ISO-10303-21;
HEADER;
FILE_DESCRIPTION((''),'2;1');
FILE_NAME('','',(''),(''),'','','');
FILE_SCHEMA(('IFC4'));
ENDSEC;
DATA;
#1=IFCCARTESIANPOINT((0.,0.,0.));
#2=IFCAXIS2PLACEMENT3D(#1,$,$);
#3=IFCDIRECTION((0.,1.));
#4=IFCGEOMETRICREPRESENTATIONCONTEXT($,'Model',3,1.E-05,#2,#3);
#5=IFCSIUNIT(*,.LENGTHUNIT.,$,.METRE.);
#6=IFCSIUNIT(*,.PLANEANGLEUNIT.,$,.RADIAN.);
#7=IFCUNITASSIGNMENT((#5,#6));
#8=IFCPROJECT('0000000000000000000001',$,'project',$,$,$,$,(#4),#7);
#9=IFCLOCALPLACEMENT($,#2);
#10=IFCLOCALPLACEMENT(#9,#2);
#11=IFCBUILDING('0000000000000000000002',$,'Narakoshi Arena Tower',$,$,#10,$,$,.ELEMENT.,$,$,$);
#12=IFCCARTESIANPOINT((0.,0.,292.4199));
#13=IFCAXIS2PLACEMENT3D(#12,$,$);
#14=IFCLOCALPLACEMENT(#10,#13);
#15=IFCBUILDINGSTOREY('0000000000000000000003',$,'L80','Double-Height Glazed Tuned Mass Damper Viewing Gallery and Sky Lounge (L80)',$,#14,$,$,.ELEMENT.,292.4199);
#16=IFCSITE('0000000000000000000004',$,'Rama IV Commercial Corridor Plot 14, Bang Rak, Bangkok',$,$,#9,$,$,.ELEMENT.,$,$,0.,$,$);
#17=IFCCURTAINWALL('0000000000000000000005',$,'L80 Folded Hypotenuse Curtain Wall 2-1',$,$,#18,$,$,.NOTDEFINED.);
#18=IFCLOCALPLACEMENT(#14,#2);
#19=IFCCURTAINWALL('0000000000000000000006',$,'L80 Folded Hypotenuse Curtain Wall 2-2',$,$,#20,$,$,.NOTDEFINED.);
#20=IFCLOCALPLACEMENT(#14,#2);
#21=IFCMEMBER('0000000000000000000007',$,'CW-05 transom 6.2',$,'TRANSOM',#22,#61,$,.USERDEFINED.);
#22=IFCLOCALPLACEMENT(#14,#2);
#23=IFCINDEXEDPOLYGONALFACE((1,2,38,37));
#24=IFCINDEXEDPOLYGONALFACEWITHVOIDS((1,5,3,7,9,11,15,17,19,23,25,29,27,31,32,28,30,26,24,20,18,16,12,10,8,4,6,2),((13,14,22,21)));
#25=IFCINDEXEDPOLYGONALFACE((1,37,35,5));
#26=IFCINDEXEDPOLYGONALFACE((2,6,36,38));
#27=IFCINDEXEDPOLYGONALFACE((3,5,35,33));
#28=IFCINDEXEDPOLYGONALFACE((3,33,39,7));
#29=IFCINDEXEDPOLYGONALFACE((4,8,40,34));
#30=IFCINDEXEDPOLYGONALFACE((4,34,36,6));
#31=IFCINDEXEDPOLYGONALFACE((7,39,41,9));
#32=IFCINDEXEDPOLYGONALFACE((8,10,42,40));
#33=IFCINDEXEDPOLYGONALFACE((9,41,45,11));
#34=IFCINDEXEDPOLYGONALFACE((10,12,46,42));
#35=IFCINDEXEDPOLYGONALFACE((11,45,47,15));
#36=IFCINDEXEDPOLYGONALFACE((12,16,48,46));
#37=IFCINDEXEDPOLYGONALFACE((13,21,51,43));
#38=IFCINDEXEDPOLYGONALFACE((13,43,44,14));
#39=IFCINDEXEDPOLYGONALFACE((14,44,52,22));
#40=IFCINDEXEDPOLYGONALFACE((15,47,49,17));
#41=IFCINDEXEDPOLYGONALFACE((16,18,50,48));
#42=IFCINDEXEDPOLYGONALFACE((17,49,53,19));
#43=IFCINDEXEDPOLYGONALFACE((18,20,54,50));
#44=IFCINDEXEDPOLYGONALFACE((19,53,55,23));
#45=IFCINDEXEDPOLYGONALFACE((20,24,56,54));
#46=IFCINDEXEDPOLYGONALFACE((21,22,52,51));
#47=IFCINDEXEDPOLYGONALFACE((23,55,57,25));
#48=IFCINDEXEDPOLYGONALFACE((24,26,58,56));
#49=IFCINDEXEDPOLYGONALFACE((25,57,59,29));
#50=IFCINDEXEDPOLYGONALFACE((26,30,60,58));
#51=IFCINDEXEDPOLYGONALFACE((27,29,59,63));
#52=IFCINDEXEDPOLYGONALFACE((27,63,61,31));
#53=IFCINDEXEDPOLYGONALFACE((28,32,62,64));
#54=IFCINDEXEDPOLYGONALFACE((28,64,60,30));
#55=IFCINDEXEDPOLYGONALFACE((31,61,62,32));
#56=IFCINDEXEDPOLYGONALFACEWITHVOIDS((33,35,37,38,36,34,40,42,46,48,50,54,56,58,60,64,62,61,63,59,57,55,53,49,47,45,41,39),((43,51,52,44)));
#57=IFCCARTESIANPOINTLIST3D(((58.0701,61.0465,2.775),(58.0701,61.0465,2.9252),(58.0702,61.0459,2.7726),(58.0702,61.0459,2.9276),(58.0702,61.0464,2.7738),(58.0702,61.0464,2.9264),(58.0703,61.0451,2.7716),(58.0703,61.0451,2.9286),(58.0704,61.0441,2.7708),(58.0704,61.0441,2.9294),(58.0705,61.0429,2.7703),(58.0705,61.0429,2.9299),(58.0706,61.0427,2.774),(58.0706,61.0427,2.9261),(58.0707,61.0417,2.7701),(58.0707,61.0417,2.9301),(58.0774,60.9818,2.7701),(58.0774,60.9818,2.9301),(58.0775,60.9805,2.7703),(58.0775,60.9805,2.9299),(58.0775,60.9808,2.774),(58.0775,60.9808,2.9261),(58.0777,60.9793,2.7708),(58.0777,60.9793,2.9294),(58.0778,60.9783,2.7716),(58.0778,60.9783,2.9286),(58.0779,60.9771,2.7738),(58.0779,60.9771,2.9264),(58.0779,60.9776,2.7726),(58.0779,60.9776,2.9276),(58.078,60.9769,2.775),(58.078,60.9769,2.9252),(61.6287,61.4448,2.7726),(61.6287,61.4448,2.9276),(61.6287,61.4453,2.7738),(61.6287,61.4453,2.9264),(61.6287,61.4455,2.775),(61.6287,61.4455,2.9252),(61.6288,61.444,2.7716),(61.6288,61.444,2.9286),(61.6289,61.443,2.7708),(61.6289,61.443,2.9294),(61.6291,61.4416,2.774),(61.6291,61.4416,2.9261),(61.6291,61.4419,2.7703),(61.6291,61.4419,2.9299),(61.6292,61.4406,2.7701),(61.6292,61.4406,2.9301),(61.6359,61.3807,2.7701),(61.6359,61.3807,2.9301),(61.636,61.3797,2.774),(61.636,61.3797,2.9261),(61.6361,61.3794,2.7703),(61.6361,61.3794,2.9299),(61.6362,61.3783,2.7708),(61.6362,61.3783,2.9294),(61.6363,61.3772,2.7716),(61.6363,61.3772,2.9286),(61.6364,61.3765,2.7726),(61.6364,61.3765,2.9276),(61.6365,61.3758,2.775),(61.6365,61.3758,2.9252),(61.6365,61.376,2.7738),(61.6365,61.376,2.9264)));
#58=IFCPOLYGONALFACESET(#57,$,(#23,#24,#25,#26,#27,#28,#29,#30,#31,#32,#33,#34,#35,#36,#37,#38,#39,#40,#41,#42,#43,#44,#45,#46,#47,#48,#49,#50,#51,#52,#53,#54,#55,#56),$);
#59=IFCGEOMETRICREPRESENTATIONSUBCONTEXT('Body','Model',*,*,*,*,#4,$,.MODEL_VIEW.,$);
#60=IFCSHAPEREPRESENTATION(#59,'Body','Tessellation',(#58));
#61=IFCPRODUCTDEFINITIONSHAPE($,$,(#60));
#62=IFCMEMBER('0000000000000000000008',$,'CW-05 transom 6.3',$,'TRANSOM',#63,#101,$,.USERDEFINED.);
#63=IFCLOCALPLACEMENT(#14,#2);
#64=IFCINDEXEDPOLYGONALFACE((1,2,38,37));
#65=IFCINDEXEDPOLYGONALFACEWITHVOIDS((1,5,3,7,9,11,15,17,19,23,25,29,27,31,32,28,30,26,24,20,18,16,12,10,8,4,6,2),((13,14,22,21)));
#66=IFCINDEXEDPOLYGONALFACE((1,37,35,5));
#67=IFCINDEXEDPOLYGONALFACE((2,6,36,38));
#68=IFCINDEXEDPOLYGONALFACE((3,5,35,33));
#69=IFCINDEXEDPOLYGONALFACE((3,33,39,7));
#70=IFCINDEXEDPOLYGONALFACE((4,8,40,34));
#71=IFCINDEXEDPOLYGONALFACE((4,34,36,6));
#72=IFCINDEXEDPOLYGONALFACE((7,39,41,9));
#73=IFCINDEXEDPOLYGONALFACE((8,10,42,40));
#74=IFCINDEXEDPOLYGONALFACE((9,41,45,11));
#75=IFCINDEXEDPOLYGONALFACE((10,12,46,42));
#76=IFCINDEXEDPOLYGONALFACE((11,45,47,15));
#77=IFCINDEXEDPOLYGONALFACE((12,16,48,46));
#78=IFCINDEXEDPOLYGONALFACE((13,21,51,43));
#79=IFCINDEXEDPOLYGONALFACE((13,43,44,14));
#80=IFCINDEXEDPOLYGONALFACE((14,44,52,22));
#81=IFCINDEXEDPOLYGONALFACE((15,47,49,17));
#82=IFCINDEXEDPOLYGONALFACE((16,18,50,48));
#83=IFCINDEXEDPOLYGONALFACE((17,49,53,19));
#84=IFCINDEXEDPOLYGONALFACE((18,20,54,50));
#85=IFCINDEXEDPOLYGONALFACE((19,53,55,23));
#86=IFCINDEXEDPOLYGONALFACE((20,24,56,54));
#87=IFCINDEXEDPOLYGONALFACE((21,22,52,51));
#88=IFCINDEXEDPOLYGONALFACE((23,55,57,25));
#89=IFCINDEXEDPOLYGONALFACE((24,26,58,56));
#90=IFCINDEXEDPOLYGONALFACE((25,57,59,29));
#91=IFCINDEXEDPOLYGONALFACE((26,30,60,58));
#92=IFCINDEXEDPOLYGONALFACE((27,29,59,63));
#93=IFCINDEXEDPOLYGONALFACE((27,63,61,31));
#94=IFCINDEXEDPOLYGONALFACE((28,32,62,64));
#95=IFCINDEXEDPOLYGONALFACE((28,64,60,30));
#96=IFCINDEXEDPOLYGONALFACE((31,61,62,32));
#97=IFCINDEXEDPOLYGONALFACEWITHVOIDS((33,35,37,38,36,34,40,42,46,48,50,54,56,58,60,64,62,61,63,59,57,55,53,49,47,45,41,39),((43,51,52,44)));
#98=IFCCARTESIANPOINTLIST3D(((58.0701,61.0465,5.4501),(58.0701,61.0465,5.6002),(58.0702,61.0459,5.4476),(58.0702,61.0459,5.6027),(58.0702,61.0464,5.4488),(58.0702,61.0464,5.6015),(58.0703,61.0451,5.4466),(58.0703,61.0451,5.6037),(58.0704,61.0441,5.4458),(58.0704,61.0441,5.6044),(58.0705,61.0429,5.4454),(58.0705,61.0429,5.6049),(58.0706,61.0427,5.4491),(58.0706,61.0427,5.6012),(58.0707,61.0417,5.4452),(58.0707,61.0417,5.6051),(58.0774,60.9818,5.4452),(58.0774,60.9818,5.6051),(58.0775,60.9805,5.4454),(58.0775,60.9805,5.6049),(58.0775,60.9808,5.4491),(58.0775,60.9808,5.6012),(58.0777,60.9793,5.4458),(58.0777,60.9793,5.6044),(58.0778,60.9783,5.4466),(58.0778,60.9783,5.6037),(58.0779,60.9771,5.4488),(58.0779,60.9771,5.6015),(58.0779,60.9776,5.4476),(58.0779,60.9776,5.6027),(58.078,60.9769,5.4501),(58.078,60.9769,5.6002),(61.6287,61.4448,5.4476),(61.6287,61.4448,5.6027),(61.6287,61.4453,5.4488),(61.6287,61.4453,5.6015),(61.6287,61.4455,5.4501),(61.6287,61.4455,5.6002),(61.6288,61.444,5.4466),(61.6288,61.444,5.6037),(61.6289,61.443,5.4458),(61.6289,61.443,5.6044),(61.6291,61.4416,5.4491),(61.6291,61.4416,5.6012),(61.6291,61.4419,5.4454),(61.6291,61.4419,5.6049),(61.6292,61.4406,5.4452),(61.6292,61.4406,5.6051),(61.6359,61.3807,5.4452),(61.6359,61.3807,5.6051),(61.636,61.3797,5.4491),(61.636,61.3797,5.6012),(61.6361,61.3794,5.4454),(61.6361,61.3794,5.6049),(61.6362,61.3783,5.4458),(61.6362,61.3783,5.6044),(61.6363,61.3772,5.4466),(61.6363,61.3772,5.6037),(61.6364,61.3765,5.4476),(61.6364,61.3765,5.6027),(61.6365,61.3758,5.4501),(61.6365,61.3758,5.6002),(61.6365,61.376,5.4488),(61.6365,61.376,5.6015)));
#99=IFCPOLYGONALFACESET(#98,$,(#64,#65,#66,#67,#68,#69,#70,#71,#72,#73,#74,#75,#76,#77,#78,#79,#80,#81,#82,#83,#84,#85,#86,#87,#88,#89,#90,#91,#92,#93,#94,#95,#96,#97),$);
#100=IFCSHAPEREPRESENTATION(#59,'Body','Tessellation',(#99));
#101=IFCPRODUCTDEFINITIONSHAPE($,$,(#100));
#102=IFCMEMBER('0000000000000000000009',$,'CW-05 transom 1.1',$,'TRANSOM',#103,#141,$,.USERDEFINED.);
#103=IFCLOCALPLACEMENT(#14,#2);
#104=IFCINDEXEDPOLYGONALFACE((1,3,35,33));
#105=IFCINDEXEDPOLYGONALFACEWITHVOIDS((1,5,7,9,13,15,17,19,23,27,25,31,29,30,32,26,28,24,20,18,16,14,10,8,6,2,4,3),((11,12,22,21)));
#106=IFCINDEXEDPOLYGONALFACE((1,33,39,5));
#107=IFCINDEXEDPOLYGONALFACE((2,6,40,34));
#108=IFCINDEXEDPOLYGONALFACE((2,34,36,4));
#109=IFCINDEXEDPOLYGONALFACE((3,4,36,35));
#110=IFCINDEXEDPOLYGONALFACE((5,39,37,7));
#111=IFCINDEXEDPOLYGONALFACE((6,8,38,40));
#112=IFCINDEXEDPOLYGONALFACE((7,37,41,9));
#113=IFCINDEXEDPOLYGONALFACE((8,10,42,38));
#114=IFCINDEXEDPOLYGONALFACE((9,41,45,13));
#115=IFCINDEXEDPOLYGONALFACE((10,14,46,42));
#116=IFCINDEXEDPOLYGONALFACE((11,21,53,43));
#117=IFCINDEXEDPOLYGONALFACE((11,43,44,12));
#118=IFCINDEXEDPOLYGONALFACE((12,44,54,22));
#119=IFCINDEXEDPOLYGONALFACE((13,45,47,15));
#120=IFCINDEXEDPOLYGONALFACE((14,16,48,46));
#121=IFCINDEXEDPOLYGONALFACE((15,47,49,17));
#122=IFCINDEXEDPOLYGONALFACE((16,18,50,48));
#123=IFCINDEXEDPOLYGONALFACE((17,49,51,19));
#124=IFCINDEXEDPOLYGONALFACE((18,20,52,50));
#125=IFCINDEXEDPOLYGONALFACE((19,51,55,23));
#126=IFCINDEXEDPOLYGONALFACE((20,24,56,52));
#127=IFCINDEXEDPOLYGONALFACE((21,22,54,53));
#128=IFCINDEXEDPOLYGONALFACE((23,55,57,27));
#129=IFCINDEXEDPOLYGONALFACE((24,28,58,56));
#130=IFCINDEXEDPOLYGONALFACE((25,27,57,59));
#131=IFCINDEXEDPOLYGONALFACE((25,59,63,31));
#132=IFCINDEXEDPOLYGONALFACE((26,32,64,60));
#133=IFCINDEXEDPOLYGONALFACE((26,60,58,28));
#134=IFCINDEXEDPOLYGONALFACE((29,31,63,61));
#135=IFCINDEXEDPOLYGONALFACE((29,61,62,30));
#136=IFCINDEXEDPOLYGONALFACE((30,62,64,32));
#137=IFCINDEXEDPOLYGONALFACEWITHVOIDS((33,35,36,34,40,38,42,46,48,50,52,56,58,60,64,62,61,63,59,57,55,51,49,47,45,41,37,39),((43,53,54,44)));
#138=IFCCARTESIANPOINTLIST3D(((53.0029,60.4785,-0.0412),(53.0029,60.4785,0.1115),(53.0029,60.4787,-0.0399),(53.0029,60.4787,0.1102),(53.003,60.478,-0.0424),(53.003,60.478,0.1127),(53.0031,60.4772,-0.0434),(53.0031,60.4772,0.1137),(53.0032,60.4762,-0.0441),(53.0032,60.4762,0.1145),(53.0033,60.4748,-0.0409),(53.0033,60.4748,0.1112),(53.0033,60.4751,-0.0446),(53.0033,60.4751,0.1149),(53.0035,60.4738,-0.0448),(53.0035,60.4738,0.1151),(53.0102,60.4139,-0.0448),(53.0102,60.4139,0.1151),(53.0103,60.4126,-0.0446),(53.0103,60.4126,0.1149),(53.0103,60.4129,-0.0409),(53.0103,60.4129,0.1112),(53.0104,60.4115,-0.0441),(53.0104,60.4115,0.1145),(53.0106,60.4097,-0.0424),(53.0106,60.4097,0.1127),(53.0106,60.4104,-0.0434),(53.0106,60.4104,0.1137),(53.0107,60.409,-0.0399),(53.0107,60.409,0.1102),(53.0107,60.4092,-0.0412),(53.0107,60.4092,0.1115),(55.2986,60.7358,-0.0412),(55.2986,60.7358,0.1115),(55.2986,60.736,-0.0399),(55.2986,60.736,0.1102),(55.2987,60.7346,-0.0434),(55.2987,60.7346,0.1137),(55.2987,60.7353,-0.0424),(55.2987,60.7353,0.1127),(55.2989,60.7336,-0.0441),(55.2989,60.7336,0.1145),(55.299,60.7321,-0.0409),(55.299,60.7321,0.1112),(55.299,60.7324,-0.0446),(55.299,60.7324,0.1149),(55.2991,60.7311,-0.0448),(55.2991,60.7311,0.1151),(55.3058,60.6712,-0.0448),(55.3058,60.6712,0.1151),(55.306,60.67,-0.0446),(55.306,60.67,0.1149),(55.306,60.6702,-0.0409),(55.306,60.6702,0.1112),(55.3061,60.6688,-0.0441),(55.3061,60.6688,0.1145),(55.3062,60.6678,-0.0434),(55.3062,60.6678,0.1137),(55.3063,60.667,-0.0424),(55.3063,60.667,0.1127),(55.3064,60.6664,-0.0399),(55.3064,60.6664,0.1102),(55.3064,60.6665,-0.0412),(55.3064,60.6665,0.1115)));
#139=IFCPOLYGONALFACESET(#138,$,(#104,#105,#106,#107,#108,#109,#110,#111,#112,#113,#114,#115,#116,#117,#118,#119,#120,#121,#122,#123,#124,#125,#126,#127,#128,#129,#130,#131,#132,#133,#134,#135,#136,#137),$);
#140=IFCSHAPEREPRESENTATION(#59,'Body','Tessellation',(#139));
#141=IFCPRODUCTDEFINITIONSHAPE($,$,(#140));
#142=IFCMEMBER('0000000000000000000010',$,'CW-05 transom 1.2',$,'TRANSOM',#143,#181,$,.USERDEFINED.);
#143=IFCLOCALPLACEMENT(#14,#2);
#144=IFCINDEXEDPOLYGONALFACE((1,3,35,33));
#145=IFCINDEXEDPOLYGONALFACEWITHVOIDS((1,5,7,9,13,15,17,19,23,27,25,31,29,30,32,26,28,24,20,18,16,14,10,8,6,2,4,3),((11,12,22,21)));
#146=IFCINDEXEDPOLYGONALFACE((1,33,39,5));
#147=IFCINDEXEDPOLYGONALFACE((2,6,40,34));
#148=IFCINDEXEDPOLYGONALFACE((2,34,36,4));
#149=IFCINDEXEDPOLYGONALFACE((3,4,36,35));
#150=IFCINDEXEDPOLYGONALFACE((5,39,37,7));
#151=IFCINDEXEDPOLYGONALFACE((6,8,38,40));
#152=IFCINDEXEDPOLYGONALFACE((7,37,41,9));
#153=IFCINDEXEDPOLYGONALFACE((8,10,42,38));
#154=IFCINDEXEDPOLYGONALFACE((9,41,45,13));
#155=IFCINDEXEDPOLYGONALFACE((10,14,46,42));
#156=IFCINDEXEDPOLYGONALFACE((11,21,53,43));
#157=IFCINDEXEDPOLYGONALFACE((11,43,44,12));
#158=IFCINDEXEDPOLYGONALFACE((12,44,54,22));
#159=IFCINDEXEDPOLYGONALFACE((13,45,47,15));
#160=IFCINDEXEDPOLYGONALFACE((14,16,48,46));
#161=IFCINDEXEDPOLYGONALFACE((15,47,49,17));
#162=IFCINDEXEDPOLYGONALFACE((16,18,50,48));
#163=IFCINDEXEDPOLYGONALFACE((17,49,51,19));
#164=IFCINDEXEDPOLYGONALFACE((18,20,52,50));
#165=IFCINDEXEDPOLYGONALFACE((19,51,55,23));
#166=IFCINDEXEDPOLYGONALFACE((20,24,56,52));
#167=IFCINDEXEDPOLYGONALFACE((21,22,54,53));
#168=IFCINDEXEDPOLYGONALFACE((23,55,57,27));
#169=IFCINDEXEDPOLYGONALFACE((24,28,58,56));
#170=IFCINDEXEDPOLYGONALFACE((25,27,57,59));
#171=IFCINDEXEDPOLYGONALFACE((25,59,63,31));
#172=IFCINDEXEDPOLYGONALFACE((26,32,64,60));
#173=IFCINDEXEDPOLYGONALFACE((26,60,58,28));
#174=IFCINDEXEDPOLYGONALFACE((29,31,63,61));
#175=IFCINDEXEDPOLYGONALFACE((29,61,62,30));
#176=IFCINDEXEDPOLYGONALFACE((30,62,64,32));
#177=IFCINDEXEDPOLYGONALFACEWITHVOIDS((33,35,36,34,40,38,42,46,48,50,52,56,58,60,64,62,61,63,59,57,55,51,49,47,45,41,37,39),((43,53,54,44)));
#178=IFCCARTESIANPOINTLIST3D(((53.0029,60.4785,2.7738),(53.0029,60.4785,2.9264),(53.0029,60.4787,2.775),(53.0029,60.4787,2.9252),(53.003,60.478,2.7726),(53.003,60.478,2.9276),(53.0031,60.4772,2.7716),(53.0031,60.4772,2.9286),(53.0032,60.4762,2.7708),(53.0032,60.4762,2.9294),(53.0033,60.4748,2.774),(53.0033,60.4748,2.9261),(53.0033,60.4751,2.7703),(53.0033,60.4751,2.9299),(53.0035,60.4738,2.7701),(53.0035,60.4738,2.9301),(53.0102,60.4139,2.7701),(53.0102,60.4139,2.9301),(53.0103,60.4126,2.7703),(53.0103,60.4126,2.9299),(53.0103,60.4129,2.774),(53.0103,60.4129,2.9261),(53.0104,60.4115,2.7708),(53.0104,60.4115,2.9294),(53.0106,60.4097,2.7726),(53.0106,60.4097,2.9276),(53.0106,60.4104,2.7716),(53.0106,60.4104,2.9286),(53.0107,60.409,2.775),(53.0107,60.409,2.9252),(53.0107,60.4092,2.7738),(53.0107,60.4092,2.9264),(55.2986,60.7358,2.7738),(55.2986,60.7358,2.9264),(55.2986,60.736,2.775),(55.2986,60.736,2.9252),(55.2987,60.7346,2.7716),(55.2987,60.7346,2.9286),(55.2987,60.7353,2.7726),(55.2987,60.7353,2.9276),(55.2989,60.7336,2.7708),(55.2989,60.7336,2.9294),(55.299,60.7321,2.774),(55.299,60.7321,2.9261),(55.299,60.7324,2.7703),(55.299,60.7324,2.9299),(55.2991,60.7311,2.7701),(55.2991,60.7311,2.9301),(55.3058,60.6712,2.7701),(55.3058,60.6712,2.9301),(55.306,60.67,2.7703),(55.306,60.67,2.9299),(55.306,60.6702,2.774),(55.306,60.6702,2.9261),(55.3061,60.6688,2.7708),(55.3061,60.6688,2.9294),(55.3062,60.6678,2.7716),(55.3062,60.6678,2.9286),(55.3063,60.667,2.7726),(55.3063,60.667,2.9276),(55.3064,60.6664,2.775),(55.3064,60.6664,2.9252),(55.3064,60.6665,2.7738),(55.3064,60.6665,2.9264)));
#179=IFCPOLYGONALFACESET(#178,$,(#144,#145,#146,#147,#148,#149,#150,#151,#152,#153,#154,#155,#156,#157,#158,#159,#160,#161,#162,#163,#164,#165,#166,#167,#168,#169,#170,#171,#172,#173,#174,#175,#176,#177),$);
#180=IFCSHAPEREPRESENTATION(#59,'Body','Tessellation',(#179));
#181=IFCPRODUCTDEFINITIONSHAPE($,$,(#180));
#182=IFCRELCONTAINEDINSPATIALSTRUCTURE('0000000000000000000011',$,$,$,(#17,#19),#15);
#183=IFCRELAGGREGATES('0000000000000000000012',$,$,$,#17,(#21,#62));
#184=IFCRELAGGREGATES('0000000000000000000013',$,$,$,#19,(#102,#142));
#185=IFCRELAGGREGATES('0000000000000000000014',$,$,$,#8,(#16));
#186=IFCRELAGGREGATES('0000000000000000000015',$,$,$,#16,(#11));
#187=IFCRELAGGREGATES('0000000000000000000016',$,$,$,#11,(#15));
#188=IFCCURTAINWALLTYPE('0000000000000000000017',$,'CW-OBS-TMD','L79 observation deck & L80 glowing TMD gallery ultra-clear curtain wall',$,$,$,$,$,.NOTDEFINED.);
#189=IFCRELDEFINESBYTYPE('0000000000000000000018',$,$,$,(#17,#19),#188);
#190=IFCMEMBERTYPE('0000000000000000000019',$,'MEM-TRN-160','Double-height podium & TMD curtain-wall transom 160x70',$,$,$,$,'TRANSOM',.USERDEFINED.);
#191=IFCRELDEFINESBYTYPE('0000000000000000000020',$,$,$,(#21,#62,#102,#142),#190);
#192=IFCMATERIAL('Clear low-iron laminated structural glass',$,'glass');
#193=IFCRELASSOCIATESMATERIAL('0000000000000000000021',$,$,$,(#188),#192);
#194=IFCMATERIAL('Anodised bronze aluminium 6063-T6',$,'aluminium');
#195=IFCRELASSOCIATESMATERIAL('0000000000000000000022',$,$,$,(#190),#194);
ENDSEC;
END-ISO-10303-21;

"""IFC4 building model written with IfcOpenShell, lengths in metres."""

from ifc_helpers import new_model, si_unit, direction, frame, origin, origin_2d, place, context, subcontext, project, spatial, hollow_rectangle, extrude, material, material_profile, profile_set, type_object, element, aggregate, save


model = new_model("IFC4")

# Units and contexts
model_context = context("Model", 3, precision=1e-05, world=origin(), true_north=direction((0.0, 1.0)))
body_context = subcontext(model_context, "Body", "Model", "MODEL_VIEW")
ifc_project = project(units=[si_unit("LENGTHUNIT", "METRE"), si_unit("PLANEANGLEUNIT", "RADIAN")], contexts=[model_context])

# Site, building, storey
site_placement = place(None, origin())
site = spatial("IfcSite", under=ifc_project, at=site_placement, Name="Rama IV Commercial Corridor Plot 14, Bang Rak, Bangkok", CompositionType="ELEMENT", RefElevation=0.0)
building_placement = place(site_placement, origin())
building = spatial("IfcBuilding", under=site, at=building_placement, Name="Narakoshi Arena Tower", CompositionType="ELEMENT")
storey_placement = place(building_placement, frame((0.0, 0.0, 292.4199)))
storey = spatial("IfcBuildingStorey", under=building, at=storey_placement, Name="L80", Description="Double-Height Glazed Tuned Mass Damper Viewing Gallery and Sky Lounge (L80)", CompositionType="ELEMENT", Elevation=292.4199)

# Curtain walls
ifc_material_1 = material(Name="Clear low-iron laminated structural glass", Category="glass")
curtain_wall_type = type_object("IfcCurtainWallType", Name="CW-OBS-TMD", Description="L79 observation deck & L80 glowing TMD gallery ultra-clear curtain wall", PredefinedType="NOTDEFINED", material=ifc_material_1)
curtain_wall_1_placement = place(storey_placement, origin())
curtain_wall_1 = element("IfcCurtainWall", 1, at=curtain_wall_1_placement, inside=storey, type_object=curtain_wall_type, Name="L80 Folded Hypotenuse Curtain Wall 2-1", PredefinedType="NOTDEFINED")
ifc_material_2 = material(Name="Anodised bronze aluminium 6063-T6", Category="aluminium")
curtain_wall_2_placement = place(storey_placement, origin())
curtain_wall_2 = element("IfcCurtainWall", 2, at=curtain_wall_2_placement, inside=storey, type_object=curtain_wall_type, Name="L80 Folded Hypotenuse Curtain Wall 2-2", PredefinedType="NOTDEFINED")

# Members
ifc_material_profile_1 = material_profile(ifc_material_2, hollow_rectangle(XDim=0.0701, YDim=0.1599, WallThickness=0.0039, OuterFilletRadius=0.0049, at=origin_2d()), Name="TRN160x70x4")
ifc_profile_set_1 = profile_set([ifc_material_profile_1], Name="Anodised bronze aluminium 6063-T6")
member_type_1 = type_object("IfcMemberType", Name="MEM-TRN-160", Description="Double-height podium & TMD curtain-wall transom 160x70", ElementType="TRANSOM", PredefinedType="USERDEFINED", material=ifc_profile_set_1)
member_1_placement = place(storey_placement, frame((61.6326, 61.4106, 2.8501), z_axis=(-0.993775, -0.111404, 0.0), x_axis=(0.111404, -0.993775, 0.0)))
member_1 = element("IfcMember", 3, at=member_1_placement, type_object=member_type_1, Name="CW-05 transom 6.2", ObjectType="TRANSOM", PredefinedType="USERDEFINED", context=body_context, shape_type="SweptSolid", body=[
    extrude(hollow_rectangle(XDim=0.0701, YDim=0.1599, WallThickness=0.0039, OuterFilletRadius=0.0049, at=origin_2d()), origin(), (0.0, 0.0, 1.0), 3.5808),
])
member_2_placement = place(storey_placement, frame((61.6326, 61.4106, 5.5251), z_axis=(-0.993775, -0.111404, 0.0), x_axis=(0.111404, -0.993775, 0.0)))
member_2 = element("IfcMember", 4, at=member_2_placement, type_object=member_type_1, Name="CW-05 transom 6.3", ObjectType="TRANSOM", PredefinedType="USERDEFINED", context=body_context, shape_type="SweptSolid", body=[
    extrude(hollow_rectangle(XDim=0.0701, YDim=0.1599, WallThickness=0.0039, OuterFilletRadius=0.0049, at=origin_2d()), origin(), (0.0, 0.0, 1.0), 3.5808),
])
member_3_placement = place(storey_placement, frame((55.3025, 60.7012, 0.0352), z_axis=(-0.993776, -0.111394, 0.0), x_axis=(0.111394, -0.993776, 0.0)))
member_3 = element("IfcMember", 5, at=member_3_placement, type_object=member_type_1, Name="CW-05 transom 1.1", ObjectType="TRANSOM", PredefinedType="USERDEFINED", context=body_context, shape_type="SweptSolid", body=[
    extrude(hollow_rectangle(XDim=0.0701, YDim=0.1599, WallThickness=0.0039, OuterFilletRadius=0.0049, at=origin_2d()), origin(), (0.0, 0.0, 1.0), 2.3101),
])
member_4_placement = place(storey_placement, frame((55.3025, 60.7012, 2.8501), z_axis=(-0.993776, -0.111394, 0.0), x_axis=(0.111394, -0.993776, 0.0)))
member_4 = element("IfcMember", 6, at=member_4_placement, type_object=member_type_1, Name="CW-05 transom 1.2", ObjectType="TRANSOM", PredefinedType="USERDEFINED", context=body_context, shape_type="SweptSolid", body=[
    extrude(hollow_rectangle(XDim=0.0701, YDim=0.1599, WallThickness=0.0039, OuterFilletRadius=0.0049, at=origin_2d()), origin(), (0.0, 0.0, 1.0), 2.3101),
])

aggregate(curtain_wall_1, [member_1, member_2])
aggregate(curtain_wall_2, [member_3, member_4])

save(model, "model.ifc")
